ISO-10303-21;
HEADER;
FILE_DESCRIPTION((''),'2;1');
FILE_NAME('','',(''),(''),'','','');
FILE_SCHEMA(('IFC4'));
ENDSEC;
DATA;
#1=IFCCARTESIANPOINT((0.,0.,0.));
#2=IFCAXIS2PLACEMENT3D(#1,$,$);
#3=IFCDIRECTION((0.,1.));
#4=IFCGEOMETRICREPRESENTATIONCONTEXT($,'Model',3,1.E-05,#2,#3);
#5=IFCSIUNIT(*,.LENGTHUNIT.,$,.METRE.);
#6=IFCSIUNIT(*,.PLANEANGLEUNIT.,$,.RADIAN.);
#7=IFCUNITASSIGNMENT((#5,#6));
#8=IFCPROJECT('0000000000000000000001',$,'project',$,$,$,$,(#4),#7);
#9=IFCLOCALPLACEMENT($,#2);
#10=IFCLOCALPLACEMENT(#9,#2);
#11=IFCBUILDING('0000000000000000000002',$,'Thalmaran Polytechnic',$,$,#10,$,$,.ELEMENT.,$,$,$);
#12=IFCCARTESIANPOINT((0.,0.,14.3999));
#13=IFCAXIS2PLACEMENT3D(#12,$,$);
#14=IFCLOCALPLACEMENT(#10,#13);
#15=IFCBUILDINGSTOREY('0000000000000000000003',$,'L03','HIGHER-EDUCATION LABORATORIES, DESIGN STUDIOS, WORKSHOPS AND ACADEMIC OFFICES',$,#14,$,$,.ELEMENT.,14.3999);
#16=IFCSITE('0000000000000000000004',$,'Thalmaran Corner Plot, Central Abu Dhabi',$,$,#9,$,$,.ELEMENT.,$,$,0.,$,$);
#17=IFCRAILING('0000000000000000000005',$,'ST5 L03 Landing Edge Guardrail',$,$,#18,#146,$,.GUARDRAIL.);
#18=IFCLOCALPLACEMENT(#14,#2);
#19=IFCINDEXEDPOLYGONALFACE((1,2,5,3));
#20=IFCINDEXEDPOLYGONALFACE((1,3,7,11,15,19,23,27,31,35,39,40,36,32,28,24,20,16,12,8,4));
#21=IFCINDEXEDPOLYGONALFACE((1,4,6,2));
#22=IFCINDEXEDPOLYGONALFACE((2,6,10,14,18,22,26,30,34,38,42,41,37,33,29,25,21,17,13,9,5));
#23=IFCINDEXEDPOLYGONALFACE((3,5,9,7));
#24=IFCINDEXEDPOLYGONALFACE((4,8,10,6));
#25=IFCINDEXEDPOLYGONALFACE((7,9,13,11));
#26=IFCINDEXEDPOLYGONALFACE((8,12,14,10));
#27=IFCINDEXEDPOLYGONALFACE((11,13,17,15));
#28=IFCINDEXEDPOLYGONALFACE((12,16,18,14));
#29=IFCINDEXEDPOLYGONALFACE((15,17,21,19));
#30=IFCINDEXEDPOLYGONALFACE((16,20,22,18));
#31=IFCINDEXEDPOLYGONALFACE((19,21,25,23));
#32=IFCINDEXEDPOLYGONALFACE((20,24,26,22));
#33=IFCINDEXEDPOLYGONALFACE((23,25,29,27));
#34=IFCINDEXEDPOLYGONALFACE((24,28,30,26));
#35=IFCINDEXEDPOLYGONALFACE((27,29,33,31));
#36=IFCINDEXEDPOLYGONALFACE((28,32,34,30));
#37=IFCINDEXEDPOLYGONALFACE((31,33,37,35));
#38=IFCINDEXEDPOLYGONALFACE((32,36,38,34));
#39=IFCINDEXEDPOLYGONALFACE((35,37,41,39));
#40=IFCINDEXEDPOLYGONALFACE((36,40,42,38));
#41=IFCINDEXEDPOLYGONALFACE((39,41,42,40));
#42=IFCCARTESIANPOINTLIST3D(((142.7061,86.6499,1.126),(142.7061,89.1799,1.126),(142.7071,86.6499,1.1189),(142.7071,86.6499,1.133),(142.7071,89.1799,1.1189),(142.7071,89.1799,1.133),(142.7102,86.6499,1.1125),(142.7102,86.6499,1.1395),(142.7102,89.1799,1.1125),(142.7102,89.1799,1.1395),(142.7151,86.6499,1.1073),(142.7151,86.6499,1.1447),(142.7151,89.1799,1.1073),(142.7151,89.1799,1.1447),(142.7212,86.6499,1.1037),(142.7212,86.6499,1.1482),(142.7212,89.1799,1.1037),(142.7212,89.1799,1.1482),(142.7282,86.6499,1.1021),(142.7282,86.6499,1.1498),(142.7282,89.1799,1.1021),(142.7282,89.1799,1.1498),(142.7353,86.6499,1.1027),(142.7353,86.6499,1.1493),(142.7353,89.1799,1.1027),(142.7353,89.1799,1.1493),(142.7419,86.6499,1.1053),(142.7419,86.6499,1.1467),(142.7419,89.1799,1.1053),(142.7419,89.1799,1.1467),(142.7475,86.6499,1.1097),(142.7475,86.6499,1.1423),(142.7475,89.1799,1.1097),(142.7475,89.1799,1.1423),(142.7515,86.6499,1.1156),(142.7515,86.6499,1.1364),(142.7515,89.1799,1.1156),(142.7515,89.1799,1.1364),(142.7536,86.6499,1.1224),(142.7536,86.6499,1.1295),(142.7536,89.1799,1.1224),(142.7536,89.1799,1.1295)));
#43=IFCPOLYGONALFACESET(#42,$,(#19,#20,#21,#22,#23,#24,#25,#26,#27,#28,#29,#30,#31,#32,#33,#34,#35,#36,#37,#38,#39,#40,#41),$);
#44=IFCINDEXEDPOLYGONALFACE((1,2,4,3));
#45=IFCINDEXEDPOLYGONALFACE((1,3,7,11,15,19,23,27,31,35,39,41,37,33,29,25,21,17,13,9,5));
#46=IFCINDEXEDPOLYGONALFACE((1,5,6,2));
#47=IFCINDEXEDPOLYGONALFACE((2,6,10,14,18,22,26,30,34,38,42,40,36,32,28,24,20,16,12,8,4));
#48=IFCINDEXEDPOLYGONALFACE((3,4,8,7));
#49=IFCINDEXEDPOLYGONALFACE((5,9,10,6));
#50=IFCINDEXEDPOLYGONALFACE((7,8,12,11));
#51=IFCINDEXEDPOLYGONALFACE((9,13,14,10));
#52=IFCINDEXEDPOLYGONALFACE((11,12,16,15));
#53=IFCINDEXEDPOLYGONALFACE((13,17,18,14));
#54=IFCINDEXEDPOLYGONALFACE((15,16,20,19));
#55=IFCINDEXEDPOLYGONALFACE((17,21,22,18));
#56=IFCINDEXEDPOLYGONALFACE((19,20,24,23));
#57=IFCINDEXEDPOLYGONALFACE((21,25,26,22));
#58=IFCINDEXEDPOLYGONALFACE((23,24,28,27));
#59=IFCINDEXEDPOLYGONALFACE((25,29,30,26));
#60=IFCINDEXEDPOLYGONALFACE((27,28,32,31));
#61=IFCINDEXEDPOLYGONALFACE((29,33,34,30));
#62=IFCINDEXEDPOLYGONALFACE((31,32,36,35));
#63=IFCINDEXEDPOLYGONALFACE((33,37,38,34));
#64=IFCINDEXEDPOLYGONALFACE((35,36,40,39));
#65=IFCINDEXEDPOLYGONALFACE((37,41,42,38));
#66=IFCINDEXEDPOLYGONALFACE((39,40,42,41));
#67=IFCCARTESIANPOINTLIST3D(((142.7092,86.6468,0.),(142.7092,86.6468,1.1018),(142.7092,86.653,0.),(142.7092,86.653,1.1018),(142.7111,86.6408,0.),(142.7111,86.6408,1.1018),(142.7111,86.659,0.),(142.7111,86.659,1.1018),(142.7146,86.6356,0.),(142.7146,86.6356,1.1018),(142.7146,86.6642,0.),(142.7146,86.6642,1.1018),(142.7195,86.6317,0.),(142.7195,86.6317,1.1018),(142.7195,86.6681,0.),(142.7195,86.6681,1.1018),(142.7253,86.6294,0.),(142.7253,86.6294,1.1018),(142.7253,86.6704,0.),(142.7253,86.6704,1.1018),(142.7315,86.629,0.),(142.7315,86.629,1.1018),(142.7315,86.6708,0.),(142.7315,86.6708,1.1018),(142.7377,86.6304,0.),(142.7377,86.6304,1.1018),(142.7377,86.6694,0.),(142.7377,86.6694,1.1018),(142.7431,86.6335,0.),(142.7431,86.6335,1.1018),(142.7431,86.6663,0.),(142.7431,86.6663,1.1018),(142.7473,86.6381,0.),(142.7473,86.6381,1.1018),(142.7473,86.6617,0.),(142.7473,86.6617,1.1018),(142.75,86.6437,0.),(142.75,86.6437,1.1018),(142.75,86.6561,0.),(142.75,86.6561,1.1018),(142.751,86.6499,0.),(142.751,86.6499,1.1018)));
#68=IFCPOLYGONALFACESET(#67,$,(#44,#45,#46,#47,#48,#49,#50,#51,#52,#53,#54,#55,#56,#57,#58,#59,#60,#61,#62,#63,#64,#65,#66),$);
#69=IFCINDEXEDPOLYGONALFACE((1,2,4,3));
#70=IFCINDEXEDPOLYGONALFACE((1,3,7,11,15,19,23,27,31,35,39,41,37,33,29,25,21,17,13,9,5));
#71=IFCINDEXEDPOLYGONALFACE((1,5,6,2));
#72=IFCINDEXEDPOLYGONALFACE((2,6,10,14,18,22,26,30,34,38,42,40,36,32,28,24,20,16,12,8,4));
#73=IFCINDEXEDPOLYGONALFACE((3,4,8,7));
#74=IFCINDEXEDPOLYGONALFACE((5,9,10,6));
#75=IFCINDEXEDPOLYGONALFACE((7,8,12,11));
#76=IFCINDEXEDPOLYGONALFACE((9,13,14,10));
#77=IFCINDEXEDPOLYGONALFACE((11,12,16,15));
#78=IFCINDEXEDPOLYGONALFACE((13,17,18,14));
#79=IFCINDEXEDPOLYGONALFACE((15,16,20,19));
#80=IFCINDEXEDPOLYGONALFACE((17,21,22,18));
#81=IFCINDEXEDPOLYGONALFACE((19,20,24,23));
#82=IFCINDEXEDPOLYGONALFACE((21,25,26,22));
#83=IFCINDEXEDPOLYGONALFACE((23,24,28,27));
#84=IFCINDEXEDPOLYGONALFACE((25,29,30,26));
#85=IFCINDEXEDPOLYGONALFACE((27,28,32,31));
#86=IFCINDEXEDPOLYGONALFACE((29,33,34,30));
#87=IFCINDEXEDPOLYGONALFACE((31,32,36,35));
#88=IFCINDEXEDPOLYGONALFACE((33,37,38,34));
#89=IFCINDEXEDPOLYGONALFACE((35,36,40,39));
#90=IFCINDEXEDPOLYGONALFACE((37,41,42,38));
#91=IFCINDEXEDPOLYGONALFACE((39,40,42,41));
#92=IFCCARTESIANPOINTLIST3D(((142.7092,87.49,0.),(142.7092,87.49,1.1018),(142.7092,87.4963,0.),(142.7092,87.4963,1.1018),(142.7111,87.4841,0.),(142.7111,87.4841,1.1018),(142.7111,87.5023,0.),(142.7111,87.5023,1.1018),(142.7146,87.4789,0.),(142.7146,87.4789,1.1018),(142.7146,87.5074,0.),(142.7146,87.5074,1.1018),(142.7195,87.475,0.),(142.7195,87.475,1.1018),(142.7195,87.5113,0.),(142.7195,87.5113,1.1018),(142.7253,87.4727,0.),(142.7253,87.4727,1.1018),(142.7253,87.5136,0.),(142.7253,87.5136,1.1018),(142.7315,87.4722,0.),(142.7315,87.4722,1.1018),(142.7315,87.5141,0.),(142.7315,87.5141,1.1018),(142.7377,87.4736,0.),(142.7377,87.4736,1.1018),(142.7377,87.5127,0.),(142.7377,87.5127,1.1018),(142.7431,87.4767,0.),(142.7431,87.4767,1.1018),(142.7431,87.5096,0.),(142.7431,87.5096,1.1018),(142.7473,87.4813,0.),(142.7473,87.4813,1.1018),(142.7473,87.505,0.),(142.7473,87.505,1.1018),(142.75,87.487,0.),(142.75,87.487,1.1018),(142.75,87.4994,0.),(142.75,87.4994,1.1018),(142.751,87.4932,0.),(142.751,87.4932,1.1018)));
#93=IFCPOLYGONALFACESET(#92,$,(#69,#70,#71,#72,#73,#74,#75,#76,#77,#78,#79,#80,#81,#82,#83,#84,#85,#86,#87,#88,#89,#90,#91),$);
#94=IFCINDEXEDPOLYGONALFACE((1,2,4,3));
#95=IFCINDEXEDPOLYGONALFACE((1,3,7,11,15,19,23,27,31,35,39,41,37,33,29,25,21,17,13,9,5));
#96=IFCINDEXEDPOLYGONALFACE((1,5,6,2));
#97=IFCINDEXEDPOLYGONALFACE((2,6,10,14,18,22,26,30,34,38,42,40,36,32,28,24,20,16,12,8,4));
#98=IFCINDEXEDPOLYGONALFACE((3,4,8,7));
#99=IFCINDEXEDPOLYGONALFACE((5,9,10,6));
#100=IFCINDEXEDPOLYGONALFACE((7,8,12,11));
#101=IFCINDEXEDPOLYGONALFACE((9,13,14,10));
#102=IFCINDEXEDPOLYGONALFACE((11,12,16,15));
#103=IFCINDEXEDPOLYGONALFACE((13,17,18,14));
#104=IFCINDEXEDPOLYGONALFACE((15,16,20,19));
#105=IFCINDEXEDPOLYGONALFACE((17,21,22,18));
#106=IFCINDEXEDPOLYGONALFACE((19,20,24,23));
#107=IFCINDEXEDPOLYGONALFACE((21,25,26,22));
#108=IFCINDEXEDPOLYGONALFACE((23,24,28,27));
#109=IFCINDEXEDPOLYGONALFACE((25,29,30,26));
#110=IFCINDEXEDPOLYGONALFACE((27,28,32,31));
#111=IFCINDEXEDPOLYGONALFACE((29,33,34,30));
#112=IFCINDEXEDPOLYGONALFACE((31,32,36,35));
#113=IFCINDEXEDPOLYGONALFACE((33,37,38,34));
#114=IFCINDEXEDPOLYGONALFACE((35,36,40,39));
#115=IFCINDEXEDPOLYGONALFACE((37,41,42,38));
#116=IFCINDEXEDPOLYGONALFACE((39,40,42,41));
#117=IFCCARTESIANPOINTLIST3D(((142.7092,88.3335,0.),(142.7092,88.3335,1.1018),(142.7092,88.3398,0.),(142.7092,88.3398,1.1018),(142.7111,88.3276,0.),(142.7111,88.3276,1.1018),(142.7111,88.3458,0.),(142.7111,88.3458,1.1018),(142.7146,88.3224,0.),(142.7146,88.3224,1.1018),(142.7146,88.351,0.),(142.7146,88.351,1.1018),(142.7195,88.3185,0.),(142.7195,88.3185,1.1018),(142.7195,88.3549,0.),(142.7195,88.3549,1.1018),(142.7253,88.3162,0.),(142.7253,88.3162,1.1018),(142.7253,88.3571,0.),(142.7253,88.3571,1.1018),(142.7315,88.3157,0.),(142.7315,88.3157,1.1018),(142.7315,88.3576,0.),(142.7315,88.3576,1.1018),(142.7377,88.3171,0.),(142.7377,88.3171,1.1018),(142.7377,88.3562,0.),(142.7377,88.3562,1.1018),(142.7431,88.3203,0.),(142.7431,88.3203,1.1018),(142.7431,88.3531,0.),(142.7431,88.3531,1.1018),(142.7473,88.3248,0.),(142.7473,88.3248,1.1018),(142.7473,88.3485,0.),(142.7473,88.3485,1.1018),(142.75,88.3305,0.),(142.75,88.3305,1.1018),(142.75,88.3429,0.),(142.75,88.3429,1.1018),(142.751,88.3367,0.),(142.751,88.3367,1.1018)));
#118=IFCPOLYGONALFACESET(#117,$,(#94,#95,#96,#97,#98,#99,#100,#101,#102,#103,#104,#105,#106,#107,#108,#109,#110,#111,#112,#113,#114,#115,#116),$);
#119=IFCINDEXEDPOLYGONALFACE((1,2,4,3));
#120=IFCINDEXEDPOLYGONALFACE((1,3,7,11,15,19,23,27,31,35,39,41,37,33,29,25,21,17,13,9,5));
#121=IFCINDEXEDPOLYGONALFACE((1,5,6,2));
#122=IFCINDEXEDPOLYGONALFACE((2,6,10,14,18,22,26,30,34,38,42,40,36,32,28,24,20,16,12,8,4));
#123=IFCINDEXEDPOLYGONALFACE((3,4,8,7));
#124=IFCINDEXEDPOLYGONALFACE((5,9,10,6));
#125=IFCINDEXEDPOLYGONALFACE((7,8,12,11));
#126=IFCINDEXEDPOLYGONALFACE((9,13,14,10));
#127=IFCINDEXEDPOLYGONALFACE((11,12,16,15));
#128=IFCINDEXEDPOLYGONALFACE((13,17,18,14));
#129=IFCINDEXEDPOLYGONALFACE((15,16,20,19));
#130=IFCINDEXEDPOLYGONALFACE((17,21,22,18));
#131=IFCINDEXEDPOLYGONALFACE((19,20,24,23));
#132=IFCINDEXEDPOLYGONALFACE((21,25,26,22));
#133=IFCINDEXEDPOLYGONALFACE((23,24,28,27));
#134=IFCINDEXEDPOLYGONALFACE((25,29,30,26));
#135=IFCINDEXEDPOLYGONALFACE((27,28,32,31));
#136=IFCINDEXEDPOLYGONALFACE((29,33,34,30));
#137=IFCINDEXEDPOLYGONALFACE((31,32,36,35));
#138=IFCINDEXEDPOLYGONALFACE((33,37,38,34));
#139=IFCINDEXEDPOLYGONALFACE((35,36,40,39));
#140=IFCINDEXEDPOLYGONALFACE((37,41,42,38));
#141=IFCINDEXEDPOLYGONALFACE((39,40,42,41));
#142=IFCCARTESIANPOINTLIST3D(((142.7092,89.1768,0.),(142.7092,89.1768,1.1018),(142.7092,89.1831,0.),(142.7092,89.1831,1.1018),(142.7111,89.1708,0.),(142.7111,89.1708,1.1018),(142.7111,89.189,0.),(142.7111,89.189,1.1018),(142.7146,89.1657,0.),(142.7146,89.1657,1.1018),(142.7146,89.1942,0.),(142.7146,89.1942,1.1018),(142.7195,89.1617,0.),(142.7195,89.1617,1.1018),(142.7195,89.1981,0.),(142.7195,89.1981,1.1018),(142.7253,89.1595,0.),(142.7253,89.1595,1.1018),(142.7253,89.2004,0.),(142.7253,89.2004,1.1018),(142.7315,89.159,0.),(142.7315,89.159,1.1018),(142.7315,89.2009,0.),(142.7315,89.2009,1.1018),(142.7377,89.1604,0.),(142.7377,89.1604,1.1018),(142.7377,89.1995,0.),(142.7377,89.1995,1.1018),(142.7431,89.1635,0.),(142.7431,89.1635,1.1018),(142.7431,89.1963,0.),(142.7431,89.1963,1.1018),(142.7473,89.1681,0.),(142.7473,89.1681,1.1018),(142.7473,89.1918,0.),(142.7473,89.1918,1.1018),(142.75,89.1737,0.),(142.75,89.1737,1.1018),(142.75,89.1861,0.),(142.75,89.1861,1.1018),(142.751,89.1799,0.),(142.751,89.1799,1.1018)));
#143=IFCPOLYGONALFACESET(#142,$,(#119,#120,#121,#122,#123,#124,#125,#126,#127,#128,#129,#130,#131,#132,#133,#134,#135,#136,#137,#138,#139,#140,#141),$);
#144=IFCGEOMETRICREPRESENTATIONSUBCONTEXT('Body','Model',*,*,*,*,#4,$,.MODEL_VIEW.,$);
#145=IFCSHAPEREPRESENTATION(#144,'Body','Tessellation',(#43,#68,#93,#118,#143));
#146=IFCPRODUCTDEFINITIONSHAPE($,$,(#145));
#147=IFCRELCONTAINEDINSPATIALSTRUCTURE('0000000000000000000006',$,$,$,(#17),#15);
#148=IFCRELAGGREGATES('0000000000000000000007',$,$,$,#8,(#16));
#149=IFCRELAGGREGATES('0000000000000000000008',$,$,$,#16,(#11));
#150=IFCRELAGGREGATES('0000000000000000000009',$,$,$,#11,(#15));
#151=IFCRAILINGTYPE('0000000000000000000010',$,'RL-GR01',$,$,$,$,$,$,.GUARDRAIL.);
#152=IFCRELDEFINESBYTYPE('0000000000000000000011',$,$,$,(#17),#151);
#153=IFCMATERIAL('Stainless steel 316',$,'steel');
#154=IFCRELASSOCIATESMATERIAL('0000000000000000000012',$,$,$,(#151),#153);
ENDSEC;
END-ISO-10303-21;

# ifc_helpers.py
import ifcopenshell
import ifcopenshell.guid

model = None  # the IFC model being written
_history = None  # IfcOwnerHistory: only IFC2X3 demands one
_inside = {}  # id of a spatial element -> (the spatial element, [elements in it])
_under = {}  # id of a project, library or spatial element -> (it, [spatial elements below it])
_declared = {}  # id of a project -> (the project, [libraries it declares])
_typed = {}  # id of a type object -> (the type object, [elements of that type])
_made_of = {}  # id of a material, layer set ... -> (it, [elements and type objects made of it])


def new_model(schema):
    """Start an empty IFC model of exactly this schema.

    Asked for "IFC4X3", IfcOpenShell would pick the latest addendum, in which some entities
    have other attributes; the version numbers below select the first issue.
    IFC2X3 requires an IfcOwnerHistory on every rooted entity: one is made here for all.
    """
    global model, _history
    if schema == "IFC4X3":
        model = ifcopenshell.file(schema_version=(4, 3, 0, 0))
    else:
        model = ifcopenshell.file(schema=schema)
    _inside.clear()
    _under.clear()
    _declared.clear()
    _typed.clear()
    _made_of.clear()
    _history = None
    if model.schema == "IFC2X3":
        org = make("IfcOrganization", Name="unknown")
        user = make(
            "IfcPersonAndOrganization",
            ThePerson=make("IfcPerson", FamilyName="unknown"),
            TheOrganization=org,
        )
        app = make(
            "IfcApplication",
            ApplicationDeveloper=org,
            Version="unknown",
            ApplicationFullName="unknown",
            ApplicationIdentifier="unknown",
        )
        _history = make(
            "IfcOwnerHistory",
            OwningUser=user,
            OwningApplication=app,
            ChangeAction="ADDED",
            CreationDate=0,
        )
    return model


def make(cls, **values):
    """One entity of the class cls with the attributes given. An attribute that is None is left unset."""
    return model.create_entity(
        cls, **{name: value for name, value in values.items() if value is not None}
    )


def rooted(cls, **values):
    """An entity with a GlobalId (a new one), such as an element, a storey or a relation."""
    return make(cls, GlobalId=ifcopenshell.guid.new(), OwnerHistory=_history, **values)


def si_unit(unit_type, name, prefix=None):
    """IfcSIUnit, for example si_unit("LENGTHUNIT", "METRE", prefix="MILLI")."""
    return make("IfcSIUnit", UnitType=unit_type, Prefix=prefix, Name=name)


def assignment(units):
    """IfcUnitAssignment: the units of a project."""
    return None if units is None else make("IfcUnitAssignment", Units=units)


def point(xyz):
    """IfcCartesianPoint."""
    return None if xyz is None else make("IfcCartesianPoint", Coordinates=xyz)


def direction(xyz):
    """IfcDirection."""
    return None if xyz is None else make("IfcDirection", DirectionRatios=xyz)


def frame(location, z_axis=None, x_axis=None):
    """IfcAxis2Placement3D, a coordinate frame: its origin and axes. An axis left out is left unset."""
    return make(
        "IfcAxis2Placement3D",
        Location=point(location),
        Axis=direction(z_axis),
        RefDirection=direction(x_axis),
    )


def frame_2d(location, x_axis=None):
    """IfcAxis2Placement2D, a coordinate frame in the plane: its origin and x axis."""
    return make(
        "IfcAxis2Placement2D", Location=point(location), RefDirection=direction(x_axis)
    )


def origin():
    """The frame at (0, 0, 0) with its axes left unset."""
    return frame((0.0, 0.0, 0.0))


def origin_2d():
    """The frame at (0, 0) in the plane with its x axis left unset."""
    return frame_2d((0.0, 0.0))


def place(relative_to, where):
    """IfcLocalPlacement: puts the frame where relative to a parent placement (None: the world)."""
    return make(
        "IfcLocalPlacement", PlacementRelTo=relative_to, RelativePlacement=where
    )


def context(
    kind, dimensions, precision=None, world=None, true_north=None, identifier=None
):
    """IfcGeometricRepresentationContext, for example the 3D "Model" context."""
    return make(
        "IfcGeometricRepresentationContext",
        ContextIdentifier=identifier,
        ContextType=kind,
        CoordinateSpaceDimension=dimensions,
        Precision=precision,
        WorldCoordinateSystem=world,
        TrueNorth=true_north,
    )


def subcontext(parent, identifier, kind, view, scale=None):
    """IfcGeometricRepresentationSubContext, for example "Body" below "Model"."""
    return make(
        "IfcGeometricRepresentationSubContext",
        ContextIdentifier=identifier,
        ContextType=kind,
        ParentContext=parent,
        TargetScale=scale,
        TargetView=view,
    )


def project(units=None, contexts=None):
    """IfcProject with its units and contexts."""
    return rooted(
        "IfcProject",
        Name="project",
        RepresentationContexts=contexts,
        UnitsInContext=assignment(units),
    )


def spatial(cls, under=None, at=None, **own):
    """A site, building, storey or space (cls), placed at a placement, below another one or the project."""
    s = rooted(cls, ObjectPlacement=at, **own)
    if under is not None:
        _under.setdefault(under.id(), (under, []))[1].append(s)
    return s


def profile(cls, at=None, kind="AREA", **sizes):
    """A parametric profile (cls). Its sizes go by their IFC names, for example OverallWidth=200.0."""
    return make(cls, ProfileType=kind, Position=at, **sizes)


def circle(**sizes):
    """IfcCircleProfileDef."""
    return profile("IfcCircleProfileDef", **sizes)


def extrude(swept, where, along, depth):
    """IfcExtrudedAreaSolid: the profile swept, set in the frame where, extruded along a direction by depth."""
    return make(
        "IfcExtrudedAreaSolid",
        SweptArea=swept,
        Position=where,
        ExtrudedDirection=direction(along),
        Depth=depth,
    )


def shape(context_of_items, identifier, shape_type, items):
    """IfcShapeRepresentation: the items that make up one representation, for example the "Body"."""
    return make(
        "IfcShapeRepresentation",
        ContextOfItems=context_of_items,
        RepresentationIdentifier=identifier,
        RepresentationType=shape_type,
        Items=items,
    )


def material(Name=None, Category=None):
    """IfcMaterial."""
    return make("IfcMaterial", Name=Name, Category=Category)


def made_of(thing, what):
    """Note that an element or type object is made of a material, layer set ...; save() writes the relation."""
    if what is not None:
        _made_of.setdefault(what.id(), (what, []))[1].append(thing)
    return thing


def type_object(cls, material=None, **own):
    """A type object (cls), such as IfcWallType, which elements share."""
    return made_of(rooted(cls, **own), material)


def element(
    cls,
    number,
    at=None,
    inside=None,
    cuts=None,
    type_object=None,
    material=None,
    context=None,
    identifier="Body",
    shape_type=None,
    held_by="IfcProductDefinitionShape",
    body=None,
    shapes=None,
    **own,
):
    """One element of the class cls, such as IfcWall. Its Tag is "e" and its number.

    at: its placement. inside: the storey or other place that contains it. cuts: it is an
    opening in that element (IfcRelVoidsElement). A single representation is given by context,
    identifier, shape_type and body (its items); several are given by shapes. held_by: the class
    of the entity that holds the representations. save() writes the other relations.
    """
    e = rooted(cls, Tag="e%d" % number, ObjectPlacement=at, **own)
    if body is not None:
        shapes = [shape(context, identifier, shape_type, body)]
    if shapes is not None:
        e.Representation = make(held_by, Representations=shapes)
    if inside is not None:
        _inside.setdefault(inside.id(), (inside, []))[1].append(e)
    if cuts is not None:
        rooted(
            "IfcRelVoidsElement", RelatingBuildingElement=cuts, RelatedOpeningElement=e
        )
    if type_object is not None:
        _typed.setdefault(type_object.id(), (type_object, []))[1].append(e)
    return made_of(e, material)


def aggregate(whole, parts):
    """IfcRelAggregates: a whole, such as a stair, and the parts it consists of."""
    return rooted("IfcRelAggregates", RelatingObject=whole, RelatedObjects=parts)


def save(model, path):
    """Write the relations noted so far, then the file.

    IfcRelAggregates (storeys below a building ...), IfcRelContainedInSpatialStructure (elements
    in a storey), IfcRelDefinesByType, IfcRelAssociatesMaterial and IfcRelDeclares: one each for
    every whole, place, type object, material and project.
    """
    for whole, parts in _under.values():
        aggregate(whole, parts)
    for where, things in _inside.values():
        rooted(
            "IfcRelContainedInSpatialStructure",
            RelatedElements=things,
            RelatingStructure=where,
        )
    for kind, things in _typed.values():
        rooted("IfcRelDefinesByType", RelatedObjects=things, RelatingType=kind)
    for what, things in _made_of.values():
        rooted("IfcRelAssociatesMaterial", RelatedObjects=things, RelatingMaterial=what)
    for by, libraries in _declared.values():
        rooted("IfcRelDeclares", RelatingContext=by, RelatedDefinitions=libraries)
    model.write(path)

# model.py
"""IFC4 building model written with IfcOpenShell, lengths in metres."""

from ifc_helpers import new_model, si_unit, direction, frame, origin, origin_2d, place, context, subcontext, project, spatial, circle, extrude, material, type_object, element, save


model = new_model("IFC4")

# Units and contexts
model_context = context("Model", 3, precision=1e-05, world=origin(), true_north=direction((0.0, 1.0)))
body_context = subcontext(model_context, "Body", "Model", "MODEL_VIEW")
ifc_project = project(units=[si_unit("LENGTHUNIT", "METRE"), si_unit("PLANEANGLEUNIT", "RADIAN")], contexts=[model_context])

# Site, building, storey
site_placement = place(None, origin())
site = spatial("IfcSite", under=ifc_project, at=site_placement, Name="Thalmaran Corner Plot, Central Abu Dhabi", CompositionType="ELEMENT", RefElevation=0.0)
building_placement = place(site_placement, origin())
building = spatial("IfcBuilding", under=site, at=building_placement, Name="Thalmaran Polytechnic", CompositionType="ELEMENT")
storey_placement = place(building_placement, frame((0.0, 0.0, 14.3999)))
storey = spatial("IfcBuildingStorey", under=building, at=storey_placement, Name="L03", Description="HIGHER-EDUCATION LABORATORIES, DESIGN STUDIOS, WORKSHOPS AND ACADEMIC OFFICES", CompositionType="ELEMENT", Elevation=14.3999)

# Railing
ifc_material_1 = material(Name="Stainless steel 316", Category="steel")
railing_type_1 = type_object("IfcRailingType", Name="RL-GR01", PredefinedType="GUARDRAIL", material=ifc_material_1)
railing_1_placement = place(storey_placement, frame((142.73, 86.6499, 0.0)))
element("IfcRailing", 1, at=railing_1_placement, inside=storey, type_object=railing_type_1, Name="ST5 L03 Landing Edge Guardrail", PredefinedType="GUARDRAIL", context=body_context, shape_type="SweptSolid", body=[
    extrude(circle(Radius=0.0239, at=origin_2d()), frame((0.0, 0.0, 1.126), z_axis=(0.0, 1.0, 0.0), x_axis=(-1.0, 0.0, 0.0)), (0.0, 0.0, 1.0), 2.53),
    extrude(circle(Radius=0.021, at=origin_2d()), origin(), (0.0, 0.0, 1.0), 1.1018),
    extrude(circle(Radius=0.021, at=origin_2d()), frame((0.0, 0.8433, 0.0)), (0.0, 0.0, 1.0), 1.1018),
    extrude(circle(Radius=0.021, at=origin_2d()), frame((0.0, 1.6868, 0.0)), (0.0, 0.0, 1.0), 1.1018),
    extrude(circle(Radius=0.021, at=origin_2d()), frame((0.0, 2.53, 0.0)), (0.0, 0.0, 1.0), 1.1018),
])

save(model, "model.ifc")
